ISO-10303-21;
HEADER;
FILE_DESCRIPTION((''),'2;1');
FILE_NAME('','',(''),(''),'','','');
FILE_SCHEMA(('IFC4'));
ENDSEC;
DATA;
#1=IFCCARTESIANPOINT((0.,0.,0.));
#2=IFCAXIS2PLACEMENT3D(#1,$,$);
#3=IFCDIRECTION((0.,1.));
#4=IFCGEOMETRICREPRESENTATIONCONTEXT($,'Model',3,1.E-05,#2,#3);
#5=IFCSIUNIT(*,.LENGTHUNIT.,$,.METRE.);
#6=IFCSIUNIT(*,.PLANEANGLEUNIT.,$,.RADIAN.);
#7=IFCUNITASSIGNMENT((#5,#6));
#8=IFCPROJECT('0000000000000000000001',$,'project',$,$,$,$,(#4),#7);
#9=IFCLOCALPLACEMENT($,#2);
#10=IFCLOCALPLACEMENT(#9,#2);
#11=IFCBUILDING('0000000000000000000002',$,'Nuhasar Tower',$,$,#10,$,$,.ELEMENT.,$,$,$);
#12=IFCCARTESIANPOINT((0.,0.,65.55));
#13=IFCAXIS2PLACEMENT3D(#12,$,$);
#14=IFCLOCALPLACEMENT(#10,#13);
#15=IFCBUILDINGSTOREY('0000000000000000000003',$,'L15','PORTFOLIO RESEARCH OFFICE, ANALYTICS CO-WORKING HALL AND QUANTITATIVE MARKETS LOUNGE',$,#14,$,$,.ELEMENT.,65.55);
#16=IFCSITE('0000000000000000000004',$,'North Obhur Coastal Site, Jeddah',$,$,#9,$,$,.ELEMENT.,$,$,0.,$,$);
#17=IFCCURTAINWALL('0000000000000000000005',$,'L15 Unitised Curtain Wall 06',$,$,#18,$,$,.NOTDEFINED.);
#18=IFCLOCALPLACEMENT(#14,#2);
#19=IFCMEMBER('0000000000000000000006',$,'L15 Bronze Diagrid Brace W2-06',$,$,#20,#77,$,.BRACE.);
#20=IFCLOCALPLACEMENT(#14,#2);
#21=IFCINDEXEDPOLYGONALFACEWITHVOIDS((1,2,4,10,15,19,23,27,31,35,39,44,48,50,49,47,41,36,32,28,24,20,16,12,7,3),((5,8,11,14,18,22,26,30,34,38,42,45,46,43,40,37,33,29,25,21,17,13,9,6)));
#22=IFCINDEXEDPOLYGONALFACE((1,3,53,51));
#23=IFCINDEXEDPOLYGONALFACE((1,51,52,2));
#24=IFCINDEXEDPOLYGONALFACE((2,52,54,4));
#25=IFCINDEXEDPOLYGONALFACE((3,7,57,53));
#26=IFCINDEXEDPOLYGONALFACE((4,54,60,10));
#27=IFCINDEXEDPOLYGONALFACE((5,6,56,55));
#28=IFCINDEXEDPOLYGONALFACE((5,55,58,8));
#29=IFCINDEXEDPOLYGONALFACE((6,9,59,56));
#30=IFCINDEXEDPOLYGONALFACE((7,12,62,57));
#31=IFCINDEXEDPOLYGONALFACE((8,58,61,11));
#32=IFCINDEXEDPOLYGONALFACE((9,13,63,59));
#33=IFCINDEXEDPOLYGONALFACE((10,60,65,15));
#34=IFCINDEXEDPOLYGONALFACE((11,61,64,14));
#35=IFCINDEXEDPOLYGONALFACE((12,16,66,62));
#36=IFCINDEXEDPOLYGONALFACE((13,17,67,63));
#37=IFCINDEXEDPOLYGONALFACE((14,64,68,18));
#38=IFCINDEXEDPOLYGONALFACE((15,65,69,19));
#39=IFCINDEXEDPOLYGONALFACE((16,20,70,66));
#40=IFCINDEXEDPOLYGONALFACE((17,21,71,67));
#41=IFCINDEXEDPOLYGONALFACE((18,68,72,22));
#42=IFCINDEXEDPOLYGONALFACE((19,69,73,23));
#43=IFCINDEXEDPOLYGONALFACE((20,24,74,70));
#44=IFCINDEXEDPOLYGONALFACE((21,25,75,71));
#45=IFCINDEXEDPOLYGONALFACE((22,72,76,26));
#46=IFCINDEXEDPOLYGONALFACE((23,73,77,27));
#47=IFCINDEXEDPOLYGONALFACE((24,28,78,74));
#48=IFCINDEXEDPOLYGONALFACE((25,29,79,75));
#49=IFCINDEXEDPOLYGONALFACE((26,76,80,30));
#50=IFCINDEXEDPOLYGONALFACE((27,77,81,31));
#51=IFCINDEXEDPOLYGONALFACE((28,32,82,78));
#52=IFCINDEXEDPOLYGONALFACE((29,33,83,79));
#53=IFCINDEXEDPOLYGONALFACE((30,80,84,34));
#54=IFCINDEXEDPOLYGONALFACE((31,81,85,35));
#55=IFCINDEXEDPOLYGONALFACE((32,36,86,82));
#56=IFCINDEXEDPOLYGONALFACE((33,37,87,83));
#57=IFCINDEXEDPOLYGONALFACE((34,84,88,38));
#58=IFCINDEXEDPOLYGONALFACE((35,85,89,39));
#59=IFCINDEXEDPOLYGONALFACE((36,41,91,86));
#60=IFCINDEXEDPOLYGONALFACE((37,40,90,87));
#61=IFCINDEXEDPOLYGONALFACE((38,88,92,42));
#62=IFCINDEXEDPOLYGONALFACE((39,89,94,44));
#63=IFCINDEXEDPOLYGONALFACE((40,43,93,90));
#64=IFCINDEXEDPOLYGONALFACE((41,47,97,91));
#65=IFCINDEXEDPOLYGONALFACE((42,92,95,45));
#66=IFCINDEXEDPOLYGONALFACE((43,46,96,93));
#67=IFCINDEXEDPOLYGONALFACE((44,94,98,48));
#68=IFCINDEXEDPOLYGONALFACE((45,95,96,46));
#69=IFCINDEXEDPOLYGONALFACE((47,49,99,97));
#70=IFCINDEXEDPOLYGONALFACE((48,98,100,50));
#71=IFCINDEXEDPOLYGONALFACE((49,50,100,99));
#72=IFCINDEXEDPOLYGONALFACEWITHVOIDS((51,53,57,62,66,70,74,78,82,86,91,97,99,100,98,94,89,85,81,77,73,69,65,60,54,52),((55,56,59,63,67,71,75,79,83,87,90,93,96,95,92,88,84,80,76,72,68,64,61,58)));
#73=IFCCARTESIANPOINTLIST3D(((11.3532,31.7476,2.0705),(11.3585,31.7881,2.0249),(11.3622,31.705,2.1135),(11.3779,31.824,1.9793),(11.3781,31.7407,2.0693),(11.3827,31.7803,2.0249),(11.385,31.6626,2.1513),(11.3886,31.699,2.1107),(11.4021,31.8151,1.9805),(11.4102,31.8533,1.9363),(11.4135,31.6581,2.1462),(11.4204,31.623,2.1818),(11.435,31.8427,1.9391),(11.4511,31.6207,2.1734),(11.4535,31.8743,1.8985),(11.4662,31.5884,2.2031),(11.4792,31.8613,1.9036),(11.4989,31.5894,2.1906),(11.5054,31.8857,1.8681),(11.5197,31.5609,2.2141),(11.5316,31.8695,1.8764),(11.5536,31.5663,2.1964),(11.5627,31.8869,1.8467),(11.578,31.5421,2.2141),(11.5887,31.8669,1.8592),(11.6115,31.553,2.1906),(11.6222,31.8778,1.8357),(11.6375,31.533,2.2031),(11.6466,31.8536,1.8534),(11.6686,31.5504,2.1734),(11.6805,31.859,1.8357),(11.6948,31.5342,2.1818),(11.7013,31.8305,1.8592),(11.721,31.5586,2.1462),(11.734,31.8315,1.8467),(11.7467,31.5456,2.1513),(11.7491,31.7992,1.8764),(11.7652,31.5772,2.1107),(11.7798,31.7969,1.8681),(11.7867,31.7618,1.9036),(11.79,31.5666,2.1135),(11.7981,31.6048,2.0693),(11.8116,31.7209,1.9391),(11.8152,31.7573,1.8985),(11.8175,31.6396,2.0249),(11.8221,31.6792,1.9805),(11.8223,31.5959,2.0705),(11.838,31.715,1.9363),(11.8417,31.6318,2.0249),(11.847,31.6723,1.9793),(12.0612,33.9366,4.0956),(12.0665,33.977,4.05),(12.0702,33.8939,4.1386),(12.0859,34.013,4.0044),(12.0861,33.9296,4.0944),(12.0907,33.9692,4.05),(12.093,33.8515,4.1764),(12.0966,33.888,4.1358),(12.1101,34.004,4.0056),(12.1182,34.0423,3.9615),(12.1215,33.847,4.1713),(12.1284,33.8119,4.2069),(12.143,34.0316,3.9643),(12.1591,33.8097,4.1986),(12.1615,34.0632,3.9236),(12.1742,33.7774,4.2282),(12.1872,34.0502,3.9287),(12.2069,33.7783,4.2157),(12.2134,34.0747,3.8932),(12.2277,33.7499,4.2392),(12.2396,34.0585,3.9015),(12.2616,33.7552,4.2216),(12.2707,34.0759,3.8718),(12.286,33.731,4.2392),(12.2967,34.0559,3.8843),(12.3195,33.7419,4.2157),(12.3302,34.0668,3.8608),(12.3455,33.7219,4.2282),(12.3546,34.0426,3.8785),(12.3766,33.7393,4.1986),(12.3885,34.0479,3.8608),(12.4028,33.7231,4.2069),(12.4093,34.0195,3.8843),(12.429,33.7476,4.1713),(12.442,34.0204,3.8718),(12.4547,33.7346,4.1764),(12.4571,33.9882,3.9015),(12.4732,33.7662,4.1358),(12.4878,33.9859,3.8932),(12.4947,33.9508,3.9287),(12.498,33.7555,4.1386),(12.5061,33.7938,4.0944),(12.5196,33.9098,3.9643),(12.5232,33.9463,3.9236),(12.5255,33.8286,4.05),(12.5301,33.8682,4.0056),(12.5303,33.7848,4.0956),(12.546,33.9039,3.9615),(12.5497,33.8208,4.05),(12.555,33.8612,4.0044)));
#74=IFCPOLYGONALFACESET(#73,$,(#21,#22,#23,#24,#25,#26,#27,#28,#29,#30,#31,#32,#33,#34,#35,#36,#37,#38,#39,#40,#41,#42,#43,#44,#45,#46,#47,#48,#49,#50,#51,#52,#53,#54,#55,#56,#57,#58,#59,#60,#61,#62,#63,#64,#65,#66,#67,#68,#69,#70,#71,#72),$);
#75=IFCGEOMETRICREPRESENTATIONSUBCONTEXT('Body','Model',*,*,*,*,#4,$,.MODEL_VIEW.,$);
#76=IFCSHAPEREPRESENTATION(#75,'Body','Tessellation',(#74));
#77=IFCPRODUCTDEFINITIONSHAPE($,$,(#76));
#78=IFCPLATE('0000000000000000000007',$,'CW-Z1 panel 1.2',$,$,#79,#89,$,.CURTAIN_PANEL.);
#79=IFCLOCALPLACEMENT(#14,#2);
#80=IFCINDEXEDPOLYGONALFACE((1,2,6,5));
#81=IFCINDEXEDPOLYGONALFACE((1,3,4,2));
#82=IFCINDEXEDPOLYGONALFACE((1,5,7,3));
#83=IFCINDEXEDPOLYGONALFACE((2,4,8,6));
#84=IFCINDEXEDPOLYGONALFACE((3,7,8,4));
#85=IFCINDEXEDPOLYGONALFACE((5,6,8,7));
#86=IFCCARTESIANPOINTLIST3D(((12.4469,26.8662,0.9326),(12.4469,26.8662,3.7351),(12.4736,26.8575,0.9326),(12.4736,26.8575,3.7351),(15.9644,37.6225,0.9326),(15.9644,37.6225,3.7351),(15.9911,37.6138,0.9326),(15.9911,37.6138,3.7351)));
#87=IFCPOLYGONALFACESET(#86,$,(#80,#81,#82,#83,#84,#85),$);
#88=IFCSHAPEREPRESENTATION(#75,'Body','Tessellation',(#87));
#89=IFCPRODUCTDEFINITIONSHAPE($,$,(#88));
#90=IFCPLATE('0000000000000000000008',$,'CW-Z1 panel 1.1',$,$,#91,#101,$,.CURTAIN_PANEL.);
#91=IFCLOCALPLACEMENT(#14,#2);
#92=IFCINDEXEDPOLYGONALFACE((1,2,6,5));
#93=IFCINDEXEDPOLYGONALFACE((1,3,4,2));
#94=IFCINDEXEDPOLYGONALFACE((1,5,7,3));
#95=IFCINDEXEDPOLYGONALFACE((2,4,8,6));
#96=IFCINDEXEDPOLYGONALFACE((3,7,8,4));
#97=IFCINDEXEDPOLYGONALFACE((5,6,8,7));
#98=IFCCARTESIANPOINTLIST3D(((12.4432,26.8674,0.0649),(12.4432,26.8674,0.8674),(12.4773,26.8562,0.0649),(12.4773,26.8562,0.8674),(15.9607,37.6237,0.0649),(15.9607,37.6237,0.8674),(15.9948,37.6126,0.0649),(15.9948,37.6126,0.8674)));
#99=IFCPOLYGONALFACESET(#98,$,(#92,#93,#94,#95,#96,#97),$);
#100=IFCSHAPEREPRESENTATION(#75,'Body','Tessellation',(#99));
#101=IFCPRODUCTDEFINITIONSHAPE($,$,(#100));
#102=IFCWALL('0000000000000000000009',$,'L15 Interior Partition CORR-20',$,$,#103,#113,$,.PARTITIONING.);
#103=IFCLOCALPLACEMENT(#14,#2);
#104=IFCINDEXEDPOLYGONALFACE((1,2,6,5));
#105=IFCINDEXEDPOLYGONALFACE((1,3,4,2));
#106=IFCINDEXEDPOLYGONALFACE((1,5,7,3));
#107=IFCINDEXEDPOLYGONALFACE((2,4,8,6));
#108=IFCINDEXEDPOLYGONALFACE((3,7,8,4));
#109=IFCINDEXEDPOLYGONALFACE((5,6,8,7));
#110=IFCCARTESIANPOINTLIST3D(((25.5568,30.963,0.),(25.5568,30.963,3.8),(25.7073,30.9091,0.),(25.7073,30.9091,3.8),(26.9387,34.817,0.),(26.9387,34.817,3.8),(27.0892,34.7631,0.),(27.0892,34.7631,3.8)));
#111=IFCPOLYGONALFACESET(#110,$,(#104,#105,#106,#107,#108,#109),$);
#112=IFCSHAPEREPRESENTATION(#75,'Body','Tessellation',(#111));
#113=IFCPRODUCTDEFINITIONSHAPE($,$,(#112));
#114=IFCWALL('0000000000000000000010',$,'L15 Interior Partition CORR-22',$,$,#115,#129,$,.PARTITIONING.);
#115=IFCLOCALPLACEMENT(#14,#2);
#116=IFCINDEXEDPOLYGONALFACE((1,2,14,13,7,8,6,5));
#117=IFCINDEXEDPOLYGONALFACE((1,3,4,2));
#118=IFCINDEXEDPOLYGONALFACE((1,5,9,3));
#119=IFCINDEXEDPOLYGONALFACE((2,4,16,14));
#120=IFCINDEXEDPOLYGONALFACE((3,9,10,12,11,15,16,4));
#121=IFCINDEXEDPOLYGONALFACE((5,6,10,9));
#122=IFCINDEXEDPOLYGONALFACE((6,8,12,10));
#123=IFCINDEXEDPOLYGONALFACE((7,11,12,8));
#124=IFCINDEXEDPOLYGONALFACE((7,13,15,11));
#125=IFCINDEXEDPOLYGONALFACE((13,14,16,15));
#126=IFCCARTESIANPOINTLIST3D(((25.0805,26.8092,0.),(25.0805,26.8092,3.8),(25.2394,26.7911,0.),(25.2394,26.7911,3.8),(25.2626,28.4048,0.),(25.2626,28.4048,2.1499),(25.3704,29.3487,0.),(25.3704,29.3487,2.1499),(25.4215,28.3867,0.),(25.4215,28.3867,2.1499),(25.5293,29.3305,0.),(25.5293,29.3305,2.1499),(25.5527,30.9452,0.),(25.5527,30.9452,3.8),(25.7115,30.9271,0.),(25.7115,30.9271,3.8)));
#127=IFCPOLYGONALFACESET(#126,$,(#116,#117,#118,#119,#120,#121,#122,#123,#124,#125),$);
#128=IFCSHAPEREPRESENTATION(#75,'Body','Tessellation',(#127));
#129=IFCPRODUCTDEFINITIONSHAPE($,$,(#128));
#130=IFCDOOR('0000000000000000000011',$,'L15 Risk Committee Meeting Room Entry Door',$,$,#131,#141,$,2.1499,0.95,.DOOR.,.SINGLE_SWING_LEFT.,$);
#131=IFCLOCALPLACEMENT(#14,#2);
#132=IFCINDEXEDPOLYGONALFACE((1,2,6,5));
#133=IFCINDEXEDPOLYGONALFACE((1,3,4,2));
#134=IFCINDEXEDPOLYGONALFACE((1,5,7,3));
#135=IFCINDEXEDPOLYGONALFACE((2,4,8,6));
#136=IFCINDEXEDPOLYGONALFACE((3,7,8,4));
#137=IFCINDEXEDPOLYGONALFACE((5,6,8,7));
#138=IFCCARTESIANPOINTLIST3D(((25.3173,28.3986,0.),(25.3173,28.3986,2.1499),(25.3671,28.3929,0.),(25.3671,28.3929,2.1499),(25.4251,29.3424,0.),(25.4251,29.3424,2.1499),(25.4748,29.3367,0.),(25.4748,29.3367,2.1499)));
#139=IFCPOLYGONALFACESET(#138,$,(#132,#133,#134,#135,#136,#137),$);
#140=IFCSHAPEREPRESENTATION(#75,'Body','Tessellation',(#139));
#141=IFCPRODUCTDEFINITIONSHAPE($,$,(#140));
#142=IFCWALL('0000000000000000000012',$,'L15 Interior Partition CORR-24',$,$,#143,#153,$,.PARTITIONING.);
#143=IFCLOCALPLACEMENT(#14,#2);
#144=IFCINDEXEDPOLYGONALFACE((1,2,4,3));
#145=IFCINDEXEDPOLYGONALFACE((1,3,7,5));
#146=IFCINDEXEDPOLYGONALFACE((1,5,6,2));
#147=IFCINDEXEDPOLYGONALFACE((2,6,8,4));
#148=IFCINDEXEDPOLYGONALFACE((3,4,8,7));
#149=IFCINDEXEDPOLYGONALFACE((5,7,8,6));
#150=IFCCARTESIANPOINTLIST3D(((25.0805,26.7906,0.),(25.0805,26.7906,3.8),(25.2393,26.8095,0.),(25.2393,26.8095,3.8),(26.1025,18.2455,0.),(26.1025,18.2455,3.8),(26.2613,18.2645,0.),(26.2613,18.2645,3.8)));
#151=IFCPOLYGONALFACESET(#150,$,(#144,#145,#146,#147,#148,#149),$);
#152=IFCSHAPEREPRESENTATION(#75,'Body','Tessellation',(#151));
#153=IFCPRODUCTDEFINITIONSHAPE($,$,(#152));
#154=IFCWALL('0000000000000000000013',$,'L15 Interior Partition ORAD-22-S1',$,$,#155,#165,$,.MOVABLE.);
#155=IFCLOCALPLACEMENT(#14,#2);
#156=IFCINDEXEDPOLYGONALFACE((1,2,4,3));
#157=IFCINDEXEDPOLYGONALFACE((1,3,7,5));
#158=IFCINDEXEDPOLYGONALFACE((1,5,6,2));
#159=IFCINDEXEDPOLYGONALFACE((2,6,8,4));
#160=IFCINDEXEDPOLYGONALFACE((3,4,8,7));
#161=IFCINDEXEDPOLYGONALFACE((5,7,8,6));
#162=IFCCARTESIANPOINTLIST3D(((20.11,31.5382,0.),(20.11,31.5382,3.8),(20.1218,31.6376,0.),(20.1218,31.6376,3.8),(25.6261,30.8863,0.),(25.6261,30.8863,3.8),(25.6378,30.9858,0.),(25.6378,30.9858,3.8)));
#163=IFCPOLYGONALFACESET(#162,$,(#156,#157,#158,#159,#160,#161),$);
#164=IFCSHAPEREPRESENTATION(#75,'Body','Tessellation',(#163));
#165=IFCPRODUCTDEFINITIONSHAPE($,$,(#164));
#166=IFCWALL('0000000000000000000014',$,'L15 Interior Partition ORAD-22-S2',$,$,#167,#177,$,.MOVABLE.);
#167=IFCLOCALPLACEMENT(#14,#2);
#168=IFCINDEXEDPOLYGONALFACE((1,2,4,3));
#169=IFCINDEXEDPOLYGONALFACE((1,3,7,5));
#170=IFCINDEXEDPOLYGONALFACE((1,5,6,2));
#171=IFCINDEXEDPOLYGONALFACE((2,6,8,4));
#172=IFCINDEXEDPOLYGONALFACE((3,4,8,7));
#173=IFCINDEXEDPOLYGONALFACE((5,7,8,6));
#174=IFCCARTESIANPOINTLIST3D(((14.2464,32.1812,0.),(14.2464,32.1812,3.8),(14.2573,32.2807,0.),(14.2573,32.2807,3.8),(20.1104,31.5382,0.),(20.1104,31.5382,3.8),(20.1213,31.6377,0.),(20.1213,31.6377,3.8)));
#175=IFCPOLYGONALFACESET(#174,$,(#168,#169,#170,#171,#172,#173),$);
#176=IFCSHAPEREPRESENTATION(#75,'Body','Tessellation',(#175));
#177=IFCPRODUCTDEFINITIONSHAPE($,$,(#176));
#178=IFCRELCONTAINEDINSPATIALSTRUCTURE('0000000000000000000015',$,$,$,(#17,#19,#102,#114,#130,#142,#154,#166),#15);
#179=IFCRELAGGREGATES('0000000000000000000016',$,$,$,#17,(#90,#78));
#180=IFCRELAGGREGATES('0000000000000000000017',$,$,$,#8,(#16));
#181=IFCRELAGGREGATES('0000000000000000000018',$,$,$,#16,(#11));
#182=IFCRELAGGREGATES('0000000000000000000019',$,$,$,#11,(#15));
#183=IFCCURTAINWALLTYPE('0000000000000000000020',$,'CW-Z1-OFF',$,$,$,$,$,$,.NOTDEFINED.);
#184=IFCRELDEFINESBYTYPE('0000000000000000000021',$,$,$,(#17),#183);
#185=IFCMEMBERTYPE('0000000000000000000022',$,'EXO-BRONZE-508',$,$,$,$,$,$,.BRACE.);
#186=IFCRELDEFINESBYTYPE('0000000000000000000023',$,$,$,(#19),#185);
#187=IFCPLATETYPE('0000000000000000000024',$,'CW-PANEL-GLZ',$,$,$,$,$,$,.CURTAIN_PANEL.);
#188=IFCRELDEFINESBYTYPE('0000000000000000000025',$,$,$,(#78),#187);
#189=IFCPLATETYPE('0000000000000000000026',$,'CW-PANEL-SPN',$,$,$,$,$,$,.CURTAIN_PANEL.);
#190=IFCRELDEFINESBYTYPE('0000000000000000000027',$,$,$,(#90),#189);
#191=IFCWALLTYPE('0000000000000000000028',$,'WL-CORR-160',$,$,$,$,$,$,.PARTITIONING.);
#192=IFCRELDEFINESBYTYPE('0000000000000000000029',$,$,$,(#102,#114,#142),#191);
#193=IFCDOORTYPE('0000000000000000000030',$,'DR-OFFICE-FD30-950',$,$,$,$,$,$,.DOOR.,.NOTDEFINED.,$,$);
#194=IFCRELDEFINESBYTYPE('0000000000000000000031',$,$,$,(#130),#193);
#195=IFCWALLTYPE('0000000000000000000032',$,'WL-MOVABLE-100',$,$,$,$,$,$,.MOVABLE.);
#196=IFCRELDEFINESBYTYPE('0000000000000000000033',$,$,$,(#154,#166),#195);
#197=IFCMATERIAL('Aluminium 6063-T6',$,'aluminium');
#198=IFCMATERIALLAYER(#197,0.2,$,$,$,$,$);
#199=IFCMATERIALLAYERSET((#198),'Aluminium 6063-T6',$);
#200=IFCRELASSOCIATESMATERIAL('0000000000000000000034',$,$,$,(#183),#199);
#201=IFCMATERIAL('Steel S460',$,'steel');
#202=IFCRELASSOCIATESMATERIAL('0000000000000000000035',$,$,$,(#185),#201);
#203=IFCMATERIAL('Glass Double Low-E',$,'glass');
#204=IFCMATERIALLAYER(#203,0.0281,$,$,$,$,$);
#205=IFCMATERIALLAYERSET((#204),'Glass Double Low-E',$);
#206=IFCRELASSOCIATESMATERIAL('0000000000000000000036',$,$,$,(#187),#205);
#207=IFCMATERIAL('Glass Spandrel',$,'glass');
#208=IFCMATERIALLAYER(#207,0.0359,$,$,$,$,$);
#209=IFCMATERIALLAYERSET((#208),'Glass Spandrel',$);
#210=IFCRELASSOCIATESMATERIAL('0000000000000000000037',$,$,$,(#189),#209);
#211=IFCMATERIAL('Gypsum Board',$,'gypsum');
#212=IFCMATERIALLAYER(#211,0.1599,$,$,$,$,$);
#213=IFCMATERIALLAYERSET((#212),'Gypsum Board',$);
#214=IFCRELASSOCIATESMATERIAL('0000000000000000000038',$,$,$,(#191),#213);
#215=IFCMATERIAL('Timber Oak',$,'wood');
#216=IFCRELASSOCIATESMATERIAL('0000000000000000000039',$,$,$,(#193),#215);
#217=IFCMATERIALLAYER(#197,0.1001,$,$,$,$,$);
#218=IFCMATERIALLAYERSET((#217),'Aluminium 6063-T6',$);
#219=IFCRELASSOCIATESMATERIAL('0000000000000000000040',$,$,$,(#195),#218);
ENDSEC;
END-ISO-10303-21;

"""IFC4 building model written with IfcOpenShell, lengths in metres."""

from ifc_helpers import new_model, si_unit, direction, frame, frame_2d, origin, origin_2d, place, context, subcontext, project, spatial, rectangle, hollow_circle, extrude, material, layer, layer_set, material_profile, profile_set, type_object, element, fill, aggregate, save


model = new_model("IFC4")

# Units and contexts
model_context = context("Model", 3, precision=1e-05, world=origin(), true_north=direction((0.0, 1.0)))
body_context = subcontext(model_context, "Body", "Model", "MODEL_VIEW")
ifc_project = project(units=[si_unit("LENGTHUNIT", "METRE"), si_unit("PLANEANGLEUNIT", "RADIAN")], contexts=[model_context])

# Site, building, storey
site_placement = place(None, origin())
site = spatial("IfcSite", under=ifc_project, at=site_placement, Name="North Obhur Coastal Site, Jeddah", CompositionType="ELEMENT", RefElevation=0.0)
building_placement = place(site_placement, origin())
building = spatial("IfcBuilding", under=site, at=building_placement, Name="Nuhasar Tower", CompositionType="ELEMENT")
storey_placement = place(building_placement, frame((0.0, 0.0, 65.55)))
storey = spatial("IfcBuildingStorey", under=building, at=storey_placement, Name="L15", Description="PORTFOLIO RESEARCH OFFICE, ANALYTICS CO-WORKING HALL AND QUANTITATIVE MARKETS LOUNGE", CompositionType="ELEMENT", Elevation=65.55)

# Curtain wall
ifc_material_1 = material(Name="Aluminium 6063-T6", Category="aluminium")
ifc_layer_1 = layer(ifc_material_1, 0.2)
ifc_layer_set_1 = layer_set([ifc_layer_1], Name="Aluminium 6063-T6")
curtain_wall_type = type_object("IfcCurtainWallType", Name="CW-Z1-OFF", PredefinedType="NOTDEFINED", material=ifc_layer_set_1)
curtain_wall_1_placement = place(storey_placement, origin())
curtain_wall_1 = element("IfcCurtainWall", 1, at=curtain_wall_1_placement, inside=storey, type_object=curtain_wall_type, Name="L15 Unitised Curtain Wall 06", PredefinedType="NOTDEFINED")

# Member
ifc_material_2 = material(Name="Steel S460", Category="steel")
ifc_material_profile_1 = material_profile(ifc_material_2, hollow_circle(Radius=0.2539, WallThickness=0.0254, at=origin_2d()), Name="HSS508X25.4")
ifc_profile_set_1 = profile_set([ifc_material_profile_1], Name="Steel S460")
member_type_1 = type_object("IfcMemberType", Name="EXO-BRONZE-508", PredefinedType="BRACE", material=ifc_profile_set_1)
member_1_placement = place(storey_placement, frame((11.6001, 31.71, 2.0249), z_axis=(0.231, 0.714187, 0.660739), x_axis=(-0.951468, 0.307747, 0.0)))
element("IfcMember", 2, at=member_1_placement, inside=storey, type_object=member_type_1, Name="L15 Bronze Diagrid Brace W2-06", PredefinedType="BRACE", context=body_context, shape_type="SweptSolid", body=[
    extrude(hollow_circle(Radius=0.2539, WallThickness=0.0254, at=origin_2d()), origin(), (0.0, 0.0, 1.0), 3.0649),
])

# Plates
ifc_material_3 = material(Name="Glass Double Low-E", Category="glass")
ifc_layer_2 = layer(ifc_material_3, 0.0281)
ifc_layer_set_2 = layer_set([ifc_layer_2], Name="Glass Double Low-E")
plate_type_1 = type_object("IfcPlateType", Name="CW-PANEL-GLZ", PredefinedType="CURTAIN_PANEL", material=ifc_layer_set_2)
plate_1_placement = place(storey_placement, frame((14.219, 32.24, 0.9326), z_axis=(0.0, 0.0, 1.0), x_axis=(-0.310824, -0.950468, 0.0)))
plate_1 = element("IfcPlate", 3, at=plate_1_placement, type_object=plate_type_1, Name="CW-Z1 panel 1.2", PredefinedType="CURTAIN_PANEL", context=body_context, shape_type="SweptSolid", body=[
    extrude(rectangle(XDim=11.3169, YDim=0.0281, at=origin_2d()), origin(), (0.0, 0.0, 1.0), 2.8025),
])
ifc_material_4 = material(Name="Glass Spandrel", Category="glass")
ifc_layer_3 = layer(ifc_material_4, 0.0359)
ifc_layer_set_3 = layer_set([ifc_layer_3], Name="Glass Spandrel")
plate_type_2 = type_object("IfcPlateType", Name="CW-PANEL-SPN", PredefinedType="CURTAIN_PANEL", material=ifc_layer_set_3)
plate_2_placement = place(storey_placement, frame((14.219, 32.24, 0.0649), z_axis=(0.0, 0.0, 1.0), x_axis=(-0.310824, -0.950468, 0.0)))
plate_2 = element("IfcPlate", 4, at=plate_2_placement, type_object=plate_type_2, Name="CW-Z1 panel 1.1", PredefinedType="CURTAIN_PANEL", context=body_context, shape_type="SweptSolid", body=[
    extrude(rectangle(XDim=11.3169, YDim=0.0359, at=origin_2d()), origin(), (0.0, 0.0, 1.0), 0.8025),
])
aggregate(curtain_wall_1, [plate_2, plate_1])

# Wall
ifc_material_5 = material(Name="Gypsum Board", Category="gypsum")
ifc_layer_4 = layer(ifc_material_5, 0.1599)
ifc_layer_set_4 = layer_set([ifc_layer_4], Name="Gypsum Board")
wall_type_1 = type_object("IfcWallType", Name="WL-CORR-160", PredefinedType="PARTITIONING", material=ifc_layer_set_4)
wall_1_placement = place(storey_placement, frame((27.0139, 34.79, 0.0), z_axis=(0.0, 0.0, 1.0), x_axis=(-0.337507, -0.941323, 0.0)))
element("IfcWall", 5, at=wall_1_placement, inside=storey, type_object=wall_type_1, Name="L15 Interior Partition CORR-20", PredefinedType="PARTITIONING", context=body_context, shape_type="SweptSolid", body=[
    extrude(rectangle(XDim=4.0942, YDim=0.1599, at=frame_2d((2.0471, 0.0))), origin(), (0.0, 0.0, 1.0), 3.8),
])

# Wall, opening, door
wall_2_placement = place(storey_placement, frame((25.1599, 26.8, 0.0), z_axis=(0.0, 0.0, 1.0), x_axis=(0.113424, 0.993547, 0.0)))
wall_2 = element("IfcWall", 6, at=wall_2_placement, inside=storey, type_object=wall_type_1, Name="L15 Interior Partition CORR-22", PredefinedType="PARTITIONING", context=body_context, shape_type="SweptSolid", body=[
    extrude(rectangle(XDim=4.1628, YDim=0.1599, at=frame_2d((2.0815, 0.0))), origin(), (0.0, 0.0, 1.0), 3.8),
])
opening_placement = place(wall_2_placement, frame((1.606, 0.0, 0.0)))
opening = element("IfcOpeningElement", 7, at=opening_placement, cuts=wall_2, PredefinedType="OPENING", context=body_context, shape_type="SweptSolid", body=[
    extrude(rectangle(XDim=0.95, YDim=2.1499, at=frame_2d((0.4751, 1.075))), frame((0.0, 0.0898, 0.0), z_axis=(0.0, -1.0, 0.0), x_axis=(1.0, 0.0, 0.0)), (0.0, 0.0, 1.0), 0.1799),
])
ifc_material_6 = material(Name="Timber Oak", Category="wood")
door_type = type_object("IfcDoorType", Name="DR-OFFICE-FD30-950", OperationType="NOTDEFINED", PredefinedType="DOOR", material=ifc_material_6)
door_placement = place(opening_placement, origin())
door = element("IfcDoor", 8, at=door_placement, inside=storey, type_object=door_type, Name="L15 Risk Committee Meeting Room Entry Door", OperationType="SINGLE_SWING_LEFT", OverallHeight=2.1499, OverallWidth=0.95, PredefinedType="DOOR", context=body_context, shape_type="SweptSolid", body=[
    extrude(rectangle(XDim=0.95, YDim=2.1499, at=frame_2d((0.4751, 1.075))), frame((0.0, 0.0249, 0.0), z_axis=(0.0, -1.0, 0.0), x_axis=(1.0, 0.0, 0.0)), (0.0, 0.0, 1.0), 0.05),
])
fill(opening, door)

# Walls
wall_3_placement = place(storey_placement, frame((25.1599, 26.8, 0.0), z_axis=(0.0, 0.0, 1.0), x_axis=(0.11875, -0.992924, 0.0)))
element("IfcWall", 9, at=wall_3_placement, inside=storey, type_object=wall_type_1, Name="L15 Interior Partition CORR-24", PredefinedType="PARTITIONING", context=body_context, shape_type="SweptSolid", body=[
    extrude(rectangle(XDim=8.606, YDim=0.1599, at=frame_2d((4.303, 0.0))), origin(), (0.0, 0.0, 1.0), 3.8),
])
ifc_layer_5 = layer(ifc_material_1, 0.1001)
ifc_layer_set_5 = layer_set([ifc_layer_5], Name="Aluminium 6063-T6")
wall_type_2 = type_object("IfcWallType", Name="WL-MOVABLE-100", PredefinedType="MOVABLE", material=ifc_layer_set_5)
wall_4_placement = place(storey_placement, frame((25.6321, 30.936, 0.0), z_axis=(0.0, 0.0, 1.0), x_axis=(-0.99309, 0.117356, 0.0)))
element("IfcWall", 10, at=wall_4_placement, inside=storey, type_object=wall_type_2, Name="L15 Interior Partition ORAD-22-S1", PredefinedType="MOVABLE", context=body_context, shape_type="SweptSolid", body=[
    extrude(rectangle(XDim=5.5544, YDim=0.1001, at=frame_2d((2.7773, 0.0))), origin(), (0.0, 0.0, 1.0), 3.8),
])
wall_5_placement = place(storey_placement, frame((20.116, 31.5879, 0.0), z_axis=(0.0, 0.0, 1.0), x_axis=(-0.994041, 0.10901, 0.0)))
element("IfcWall", 11, at=wall_5_placement, inside=storey, type_object=wall_type_2, Name="L15 Interior Partition ORAD-22-S2", PredefinedType="MOVABLE", context=body_context, shape_type="SweptSolid", body=[
    extrude(rectangle(XDim=5.8992, YDim=0.1001, at=frame_2d((2.9497, 0.0))), origin(), (0.0, 0.0, 1.0), 3.8),
])

save(model, "model.ifc")
